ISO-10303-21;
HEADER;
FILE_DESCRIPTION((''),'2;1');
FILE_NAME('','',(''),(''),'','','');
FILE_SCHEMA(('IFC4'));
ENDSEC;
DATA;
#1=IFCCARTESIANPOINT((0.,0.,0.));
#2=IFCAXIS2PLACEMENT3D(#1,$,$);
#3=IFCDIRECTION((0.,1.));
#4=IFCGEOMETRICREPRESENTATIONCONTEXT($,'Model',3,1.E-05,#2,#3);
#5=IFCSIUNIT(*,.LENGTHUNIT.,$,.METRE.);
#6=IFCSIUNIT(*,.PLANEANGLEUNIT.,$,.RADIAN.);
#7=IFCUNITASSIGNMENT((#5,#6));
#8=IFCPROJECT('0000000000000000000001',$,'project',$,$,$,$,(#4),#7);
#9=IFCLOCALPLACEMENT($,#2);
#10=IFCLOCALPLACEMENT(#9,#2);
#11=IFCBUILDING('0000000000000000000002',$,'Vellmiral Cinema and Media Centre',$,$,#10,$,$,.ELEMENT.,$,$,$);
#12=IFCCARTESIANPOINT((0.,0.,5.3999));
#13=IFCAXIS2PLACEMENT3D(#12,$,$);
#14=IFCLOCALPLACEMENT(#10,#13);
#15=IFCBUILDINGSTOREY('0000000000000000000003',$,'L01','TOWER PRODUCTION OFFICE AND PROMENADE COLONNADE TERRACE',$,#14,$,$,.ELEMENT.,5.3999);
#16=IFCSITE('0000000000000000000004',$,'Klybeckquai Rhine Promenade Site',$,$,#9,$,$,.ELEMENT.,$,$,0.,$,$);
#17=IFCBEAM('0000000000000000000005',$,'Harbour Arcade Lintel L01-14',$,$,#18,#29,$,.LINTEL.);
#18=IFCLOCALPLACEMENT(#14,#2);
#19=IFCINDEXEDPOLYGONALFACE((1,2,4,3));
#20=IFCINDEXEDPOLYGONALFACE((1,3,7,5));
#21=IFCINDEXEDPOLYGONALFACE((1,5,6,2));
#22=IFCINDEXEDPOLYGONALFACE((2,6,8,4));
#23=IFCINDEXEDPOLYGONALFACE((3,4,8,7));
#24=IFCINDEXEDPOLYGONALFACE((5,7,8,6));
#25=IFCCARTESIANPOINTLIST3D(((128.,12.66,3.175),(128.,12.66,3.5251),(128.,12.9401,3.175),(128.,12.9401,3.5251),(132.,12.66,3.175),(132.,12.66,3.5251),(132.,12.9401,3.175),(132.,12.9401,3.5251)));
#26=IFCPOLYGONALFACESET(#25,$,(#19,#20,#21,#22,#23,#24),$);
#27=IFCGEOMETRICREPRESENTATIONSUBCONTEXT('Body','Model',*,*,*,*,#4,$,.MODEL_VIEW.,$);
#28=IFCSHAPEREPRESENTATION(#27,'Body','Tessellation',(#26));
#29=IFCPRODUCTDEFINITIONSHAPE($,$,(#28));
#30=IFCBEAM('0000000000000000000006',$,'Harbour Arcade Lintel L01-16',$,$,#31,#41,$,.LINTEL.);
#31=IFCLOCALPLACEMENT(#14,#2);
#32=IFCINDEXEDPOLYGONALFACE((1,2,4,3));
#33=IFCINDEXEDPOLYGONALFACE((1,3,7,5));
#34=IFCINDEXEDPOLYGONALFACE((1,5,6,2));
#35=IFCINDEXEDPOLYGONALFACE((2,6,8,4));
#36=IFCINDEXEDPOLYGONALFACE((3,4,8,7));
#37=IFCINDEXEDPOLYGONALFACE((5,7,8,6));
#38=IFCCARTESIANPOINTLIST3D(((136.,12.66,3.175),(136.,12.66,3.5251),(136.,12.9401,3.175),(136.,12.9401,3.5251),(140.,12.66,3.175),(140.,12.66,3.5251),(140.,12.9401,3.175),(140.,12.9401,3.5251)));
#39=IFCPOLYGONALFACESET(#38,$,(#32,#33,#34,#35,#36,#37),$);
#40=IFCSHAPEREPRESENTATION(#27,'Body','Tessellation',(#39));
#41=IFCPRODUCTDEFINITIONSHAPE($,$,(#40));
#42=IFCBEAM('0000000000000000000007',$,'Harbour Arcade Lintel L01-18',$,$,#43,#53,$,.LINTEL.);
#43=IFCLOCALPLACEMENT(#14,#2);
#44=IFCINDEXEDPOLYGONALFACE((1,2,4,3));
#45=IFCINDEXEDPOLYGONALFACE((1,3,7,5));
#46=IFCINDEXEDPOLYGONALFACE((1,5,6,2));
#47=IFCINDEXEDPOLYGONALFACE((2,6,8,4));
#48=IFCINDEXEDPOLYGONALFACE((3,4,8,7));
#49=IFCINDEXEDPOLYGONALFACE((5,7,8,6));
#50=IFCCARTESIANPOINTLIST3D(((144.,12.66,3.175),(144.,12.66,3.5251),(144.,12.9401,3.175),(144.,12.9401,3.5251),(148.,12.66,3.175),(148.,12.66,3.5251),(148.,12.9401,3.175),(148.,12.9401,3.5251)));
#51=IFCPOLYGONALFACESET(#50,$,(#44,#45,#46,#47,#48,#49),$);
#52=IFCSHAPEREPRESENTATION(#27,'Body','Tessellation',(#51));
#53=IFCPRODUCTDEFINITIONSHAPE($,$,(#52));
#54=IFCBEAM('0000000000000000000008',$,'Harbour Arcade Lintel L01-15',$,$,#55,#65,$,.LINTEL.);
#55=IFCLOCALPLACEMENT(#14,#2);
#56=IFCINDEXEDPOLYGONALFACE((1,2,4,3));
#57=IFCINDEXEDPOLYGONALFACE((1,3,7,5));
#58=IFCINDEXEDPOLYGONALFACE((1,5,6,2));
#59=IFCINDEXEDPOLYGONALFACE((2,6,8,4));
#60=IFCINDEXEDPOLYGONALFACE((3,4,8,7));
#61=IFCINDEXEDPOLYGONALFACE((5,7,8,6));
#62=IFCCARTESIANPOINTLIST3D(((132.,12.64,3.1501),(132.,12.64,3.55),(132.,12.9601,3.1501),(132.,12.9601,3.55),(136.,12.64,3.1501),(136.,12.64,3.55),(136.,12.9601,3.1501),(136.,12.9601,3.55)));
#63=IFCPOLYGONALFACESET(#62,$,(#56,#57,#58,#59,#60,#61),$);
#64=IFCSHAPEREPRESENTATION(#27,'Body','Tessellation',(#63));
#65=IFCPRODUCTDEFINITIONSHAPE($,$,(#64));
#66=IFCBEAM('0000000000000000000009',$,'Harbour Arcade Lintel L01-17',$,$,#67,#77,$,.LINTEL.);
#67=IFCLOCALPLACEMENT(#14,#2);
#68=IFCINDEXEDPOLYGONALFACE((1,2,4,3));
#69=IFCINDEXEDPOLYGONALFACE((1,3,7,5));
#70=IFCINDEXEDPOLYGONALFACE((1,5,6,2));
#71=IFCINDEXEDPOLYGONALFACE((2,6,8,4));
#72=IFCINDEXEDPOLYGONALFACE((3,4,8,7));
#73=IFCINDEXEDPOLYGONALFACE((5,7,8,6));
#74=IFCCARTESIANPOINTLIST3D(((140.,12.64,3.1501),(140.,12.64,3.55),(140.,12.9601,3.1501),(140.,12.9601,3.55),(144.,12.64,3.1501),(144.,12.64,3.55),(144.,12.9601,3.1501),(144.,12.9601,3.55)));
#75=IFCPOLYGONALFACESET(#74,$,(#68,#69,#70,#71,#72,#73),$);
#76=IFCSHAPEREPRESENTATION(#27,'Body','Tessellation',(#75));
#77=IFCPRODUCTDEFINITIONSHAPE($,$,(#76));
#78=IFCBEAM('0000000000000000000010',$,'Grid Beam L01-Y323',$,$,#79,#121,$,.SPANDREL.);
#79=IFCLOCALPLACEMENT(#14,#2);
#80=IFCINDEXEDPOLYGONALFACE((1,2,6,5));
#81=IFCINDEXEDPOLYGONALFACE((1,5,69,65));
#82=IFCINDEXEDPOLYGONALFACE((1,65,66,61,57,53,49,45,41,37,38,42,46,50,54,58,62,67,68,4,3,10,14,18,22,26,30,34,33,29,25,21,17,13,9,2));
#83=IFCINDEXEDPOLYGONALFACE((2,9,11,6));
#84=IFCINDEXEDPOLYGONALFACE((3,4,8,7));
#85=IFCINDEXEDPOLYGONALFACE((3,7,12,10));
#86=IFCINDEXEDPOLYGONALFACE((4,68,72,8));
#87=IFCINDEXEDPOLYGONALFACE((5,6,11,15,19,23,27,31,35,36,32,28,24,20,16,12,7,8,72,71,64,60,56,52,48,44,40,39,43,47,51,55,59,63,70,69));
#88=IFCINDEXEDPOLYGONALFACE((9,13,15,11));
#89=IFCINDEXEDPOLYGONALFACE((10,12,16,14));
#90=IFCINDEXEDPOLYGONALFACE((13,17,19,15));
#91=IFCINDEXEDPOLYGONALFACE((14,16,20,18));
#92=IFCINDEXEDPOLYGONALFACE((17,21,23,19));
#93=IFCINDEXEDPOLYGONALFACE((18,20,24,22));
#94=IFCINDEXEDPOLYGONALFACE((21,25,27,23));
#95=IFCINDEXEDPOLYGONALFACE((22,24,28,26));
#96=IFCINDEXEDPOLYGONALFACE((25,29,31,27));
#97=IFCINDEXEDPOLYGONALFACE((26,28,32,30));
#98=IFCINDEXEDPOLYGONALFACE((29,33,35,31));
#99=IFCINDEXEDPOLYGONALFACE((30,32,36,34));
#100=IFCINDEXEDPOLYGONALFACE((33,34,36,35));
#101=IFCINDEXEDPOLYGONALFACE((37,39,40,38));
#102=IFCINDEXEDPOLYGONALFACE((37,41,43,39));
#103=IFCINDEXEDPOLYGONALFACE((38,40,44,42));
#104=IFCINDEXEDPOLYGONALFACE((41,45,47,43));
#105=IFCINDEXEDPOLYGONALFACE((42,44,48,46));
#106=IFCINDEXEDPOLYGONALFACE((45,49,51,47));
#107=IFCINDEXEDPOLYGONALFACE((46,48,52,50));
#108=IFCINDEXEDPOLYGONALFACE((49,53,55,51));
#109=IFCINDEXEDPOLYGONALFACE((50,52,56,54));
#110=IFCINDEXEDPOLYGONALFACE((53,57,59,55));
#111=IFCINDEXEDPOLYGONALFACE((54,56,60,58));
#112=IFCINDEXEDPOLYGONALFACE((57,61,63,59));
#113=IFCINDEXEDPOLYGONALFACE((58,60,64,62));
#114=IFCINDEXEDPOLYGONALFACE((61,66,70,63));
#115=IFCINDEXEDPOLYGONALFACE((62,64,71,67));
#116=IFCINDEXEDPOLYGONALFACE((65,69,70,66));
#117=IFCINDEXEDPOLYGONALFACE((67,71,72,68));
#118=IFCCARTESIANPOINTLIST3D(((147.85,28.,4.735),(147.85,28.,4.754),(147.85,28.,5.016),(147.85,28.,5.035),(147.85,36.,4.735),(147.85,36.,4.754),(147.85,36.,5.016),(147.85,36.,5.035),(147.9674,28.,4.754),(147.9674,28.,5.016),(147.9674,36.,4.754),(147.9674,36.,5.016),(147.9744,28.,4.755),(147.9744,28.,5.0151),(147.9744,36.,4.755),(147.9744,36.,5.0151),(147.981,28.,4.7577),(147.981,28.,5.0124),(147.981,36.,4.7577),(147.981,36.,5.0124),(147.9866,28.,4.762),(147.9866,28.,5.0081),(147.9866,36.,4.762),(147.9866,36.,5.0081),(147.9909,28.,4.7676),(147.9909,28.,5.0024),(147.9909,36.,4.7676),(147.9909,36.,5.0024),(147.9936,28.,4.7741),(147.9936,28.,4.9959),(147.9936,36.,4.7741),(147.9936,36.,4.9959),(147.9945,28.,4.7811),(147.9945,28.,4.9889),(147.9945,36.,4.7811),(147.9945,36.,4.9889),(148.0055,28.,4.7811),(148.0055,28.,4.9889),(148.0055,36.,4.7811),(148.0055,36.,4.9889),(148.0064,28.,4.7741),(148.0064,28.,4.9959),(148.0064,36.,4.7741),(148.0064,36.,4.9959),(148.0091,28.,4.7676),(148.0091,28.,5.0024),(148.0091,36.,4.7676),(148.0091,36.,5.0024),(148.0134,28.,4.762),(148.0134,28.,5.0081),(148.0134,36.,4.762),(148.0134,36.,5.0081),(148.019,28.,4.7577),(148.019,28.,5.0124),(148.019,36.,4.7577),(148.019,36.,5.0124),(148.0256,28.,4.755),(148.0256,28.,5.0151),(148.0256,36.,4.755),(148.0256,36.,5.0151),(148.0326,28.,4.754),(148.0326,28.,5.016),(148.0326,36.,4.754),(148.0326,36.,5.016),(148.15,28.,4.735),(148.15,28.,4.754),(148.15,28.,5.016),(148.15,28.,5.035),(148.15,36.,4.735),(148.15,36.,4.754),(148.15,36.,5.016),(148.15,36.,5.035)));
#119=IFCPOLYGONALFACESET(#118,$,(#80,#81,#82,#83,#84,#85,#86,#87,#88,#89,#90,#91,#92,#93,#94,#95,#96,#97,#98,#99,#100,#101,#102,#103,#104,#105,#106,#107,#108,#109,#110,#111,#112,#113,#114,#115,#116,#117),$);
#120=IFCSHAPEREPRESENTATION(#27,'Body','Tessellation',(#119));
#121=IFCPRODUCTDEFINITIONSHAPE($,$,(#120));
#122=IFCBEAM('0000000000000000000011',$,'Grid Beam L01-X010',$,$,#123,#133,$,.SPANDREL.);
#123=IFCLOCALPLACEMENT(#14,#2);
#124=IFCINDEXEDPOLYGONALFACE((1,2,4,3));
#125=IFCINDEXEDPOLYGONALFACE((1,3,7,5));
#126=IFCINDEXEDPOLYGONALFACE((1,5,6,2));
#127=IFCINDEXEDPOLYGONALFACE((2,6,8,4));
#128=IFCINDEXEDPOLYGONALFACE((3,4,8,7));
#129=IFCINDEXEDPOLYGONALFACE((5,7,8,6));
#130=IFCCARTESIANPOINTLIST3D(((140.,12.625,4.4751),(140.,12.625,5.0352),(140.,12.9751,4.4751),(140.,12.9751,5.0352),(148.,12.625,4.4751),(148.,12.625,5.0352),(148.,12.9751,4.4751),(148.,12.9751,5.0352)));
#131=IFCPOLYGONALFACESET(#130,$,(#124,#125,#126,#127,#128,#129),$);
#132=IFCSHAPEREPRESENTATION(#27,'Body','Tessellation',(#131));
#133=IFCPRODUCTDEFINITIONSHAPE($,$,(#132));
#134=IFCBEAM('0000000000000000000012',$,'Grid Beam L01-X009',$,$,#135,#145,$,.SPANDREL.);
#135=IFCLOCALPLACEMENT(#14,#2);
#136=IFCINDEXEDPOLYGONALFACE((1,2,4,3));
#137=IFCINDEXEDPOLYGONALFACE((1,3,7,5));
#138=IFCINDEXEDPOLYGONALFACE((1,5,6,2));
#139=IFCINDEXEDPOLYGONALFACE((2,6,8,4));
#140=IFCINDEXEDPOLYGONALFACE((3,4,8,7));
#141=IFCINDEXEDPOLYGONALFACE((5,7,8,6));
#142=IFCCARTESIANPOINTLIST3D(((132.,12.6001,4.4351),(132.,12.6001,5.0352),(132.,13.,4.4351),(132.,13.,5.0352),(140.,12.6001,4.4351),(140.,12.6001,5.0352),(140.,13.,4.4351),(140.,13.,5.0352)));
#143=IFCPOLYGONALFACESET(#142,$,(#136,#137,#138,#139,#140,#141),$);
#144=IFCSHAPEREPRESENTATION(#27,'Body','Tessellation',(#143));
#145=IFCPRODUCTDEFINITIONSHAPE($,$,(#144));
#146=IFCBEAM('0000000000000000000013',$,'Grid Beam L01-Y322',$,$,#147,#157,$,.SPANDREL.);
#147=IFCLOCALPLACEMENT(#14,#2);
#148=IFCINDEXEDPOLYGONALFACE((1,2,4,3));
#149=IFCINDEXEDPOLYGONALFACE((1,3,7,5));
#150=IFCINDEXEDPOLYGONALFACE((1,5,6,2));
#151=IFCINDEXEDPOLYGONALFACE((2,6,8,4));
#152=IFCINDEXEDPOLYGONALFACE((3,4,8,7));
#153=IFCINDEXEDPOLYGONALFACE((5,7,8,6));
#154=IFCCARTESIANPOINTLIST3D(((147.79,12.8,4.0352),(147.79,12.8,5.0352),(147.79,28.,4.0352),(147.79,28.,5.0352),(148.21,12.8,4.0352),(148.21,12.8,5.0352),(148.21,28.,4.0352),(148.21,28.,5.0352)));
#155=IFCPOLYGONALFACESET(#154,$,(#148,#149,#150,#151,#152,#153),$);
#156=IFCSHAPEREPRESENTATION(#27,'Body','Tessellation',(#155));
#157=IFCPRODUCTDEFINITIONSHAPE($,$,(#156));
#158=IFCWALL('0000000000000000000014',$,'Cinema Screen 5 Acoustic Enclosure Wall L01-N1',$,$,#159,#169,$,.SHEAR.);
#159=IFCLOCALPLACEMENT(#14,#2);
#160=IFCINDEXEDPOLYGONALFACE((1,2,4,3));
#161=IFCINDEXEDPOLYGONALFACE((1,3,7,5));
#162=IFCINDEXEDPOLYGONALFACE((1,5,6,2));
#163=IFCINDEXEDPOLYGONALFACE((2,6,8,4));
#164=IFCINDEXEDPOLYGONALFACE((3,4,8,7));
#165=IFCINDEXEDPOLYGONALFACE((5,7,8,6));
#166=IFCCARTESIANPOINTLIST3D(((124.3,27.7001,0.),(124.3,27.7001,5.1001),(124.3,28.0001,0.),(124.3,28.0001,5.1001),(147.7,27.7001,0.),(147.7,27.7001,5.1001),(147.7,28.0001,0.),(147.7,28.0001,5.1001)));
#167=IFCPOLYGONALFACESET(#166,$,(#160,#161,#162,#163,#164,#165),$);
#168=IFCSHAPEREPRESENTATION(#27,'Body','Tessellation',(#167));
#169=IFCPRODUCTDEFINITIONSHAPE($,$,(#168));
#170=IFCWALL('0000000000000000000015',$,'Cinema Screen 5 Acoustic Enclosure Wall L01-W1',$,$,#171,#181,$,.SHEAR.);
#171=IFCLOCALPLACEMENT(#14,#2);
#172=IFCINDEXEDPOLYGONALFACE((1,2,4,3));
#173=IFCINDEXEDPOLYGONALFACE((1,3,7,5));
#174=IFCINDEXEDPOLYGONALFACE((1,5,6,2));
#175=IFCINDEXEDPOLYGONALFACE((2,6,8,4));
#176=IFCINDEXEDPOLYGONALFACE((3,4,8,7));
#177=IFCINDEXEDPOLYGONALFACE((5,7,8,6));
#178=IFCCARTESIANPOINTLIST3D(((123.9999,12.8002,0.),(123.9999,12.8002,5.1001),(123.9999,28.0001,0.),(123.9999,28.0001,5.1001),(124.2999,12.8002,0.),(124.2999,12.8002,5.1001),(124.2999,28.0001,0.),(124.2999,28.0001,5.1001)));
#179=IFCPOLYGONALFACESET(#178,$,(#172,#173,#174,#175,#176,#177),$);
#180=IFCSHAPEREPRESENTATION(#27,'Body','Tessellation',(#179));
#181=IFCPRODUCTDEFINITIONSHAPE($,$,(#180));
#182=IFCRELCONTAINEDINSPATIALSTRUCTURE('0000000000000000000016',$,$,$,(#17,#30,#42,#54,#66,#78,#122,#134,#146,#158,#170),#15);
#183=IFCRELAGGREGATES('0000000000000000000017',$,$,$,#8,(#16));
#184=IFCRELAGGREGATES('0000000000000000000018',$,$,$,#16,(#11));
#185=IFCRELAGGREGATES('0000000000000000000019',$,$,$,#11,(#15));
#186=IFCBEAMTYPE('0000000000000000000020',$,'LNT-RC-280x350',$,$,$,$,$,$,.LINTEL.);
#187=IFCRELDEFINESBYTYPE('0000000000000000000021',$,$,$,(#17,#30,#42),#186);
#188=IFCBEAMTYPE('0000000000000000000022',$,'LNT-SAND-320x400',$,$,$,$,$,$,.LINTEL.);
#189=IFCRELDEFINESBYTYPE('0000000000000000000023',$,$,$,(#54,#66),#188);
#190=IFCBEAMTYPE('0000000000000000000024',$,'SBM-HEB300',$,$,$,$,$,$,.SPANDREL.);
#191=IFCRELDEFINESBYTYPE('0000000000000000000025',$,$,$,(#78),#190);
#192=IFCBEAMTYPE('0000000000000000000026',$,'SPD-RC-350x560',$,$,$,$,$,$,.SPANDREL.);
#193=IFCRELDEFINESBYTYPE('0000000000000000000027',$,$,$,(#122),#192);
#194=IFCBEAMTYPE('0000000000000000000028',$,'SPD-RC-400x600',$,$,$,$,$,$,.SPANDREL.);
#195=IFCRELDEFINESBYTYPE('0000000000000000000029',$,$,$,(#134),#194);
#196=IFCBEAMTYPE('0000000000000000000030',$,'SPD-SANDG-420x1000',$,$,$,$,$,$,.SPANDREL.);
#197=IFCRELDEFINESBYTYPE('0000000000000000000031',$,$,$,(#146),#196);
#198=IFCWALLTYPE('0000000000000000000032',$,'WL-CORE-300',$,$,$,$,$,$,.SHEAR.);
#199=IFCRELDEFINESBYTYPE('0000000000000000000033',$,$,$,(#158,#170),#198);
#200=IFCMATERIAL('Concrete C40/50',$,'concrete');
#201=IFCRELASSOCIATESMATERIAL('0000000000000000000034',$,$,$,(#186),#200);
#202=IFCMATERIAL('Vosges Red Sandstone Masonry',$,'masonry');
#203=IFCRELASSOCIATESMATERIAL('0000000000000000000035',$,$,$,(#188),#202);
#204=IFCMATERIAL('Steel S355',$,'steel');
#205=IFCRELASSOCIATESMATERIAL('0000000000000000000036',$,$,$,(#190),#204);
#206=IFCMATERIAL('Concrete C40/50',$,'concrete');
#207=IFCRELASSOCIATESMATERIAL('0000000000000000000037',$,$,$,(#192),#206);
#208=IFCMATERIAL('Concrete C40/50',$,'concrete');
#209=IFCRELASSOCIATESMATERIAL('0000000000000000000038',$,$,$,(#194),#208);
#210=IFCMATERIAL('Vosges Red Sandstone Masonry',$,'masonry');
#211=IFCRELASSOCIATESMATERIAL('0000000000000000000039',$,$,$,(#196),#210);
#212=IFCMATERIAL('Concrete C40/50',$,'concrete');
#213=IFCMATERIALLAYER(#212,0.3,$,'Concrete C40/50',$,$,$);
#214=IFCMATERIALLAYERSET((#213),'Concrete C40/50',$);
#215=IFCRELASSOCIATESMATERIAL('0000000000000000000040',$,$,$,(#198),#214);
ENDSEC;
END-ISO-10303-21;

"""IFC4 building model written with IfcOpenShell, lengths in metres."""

from ifc_helpers import new_model, si_unit, direction, frame, frame_2d, origin, origin_2d, place, context, subcontext, project, spatial, rectangle, i_section, extrude, material, layer, layer_set, material_profile, profile_set, type_object, element, save


model = new_model("IFC4")

# Units and contexts
model_context = context("Model", 3, precision=1e-05, world=origin(), true_north=direction((0.0, 1.0)))
body_context = subcontext(model_context, "Body", "Model", "MODEL_VIEW")
ifc_project = project(units=[si_unit("LENGTHUNIT", "METRE"), si_unit("PLANEANGLEUNIT", "RADIAN")], contexts=[model_context])

# Site, building, storey
site_placement = place(None, origin())
site = spatial("IfcSite", under=ifc_project, at=site_placement, Name="Klybeckquai Rhine Promenade Site", CompositionType="ELEMENT", RefElevation=0.0)
building_placement = place(site_placement, origin())
building = spatial("IfcBuilding", under=site, at=building_placement, Name="Vellmiral Cinema and Media Centre", CompositionType="ELEMENT")
storey_placement = place(building_placement, frame((0.0, 0.0, 5.3999)))
storey = spatial("IfcBuildingStorey", under=building, at=storey_placement, Name="L01", Description="TOWER PRODUCTION OFFICE AND PROMENADE COLONNADE TERRACE", CompositionType="ELEMENT", Elevation=5.3999)

# Beams
ifc_material_1 = material(Name="Concrete C40/50", Category="concrete")
ifc_material_profile_1 = material_profile(ifc_material_1, rectangle(XDim=0.28, YDim=0.3501, at=origin_2d()), Name="RC 280x350")
ifc_profile_set_1 = profile_set([ifc_material_profile_1], Name="Concrete C40/50")
beam_type_1 = type_object("IfcBeamType", Name="LNT-RC-280x350", PredefinedType="LINTEL", material=ifc_profile_set_1)
for number, where, z_axis, x_axis, name in (
    (1, (128.0, 12.8, 3.3501), (1.0, 0.0, 0.0), (0.0, 1.0, 0.0), "Harbour Arcade Lintel L01-14"),
    (2, (136.0, 12.8, 3.3501), (1.0, 0.0, 0.0), (0.0, 1.0, 0.0), "Harbour Arcade Lintel L01-16"),
    (3, (144.0, 12.8, 3.3501), (1.0, 0.0, 0.0), (0.0, 1.0, 0.0), "Harbour Arcade Lintel L01-18"),
):
    element("IfcBeam", number, at=place(storey_placement, frame(where, z_axis=z_axis, x_axis=x_axis)), inside=storey, type_object=beam_type_1, Name=name, PredefinedType="LINTEL", context=body_context, shape_type="SweptSolid", body=[
        extrude(rectangle(XDim=0.28, YDim=0.3501, at=origin_2d()), origin(), (0.0, 0.0, 1.0), 4.0),
    ])
ifc_material_2 = material(Name="Vosges Red Sandstone Masonry", Category="masonry")
ifc_material_profile_2 = material_profile(ifc_material_2, rectangle(XDim=0.3201, YDim=0.3999, at=origin_2d()), Name="SAND 320x400")
ifc_profile_set_2 = profile_set([ifc_material_profile_2], Name="Vosges Red Sandstone Masonry")
beam_type_2 = type_object("IfcBeamType", Name="LNT-SAND-320x400", PredefinedType="LINTEL", material=ifc_profile_set_2)
for number, where, z_axis, x_axis, name in (
    (4, (132.0, 12.8, 3.3501), (1.0, 0.0, 0.0), (0.0, 1.0, 0.0), "Harbour Arcade Lintel L01-15"),
    (5, (140.0, 12.8, 3.3501), (1.0, 0.0, 0.0), (0.0, 1.0, 0.0), "Harbour Arcade Lintel L01-17"),
):
    element("IfcBeam", number, at=place(storey_placement, frame(where, z_axis=z_axis, x_axis=x_axis)), inside=storey, type_object=beam_type_2, Name=name, PredefinedType="LINTEL", context=body_context, shape_type="SweptSolid", body=[
        extrude(rectangle(XDim=0.3201, YDim=0.3999, at=origin_2d()), origin(), (0.0, 0.0, 1.0), 4.0),
    ])
ifc_material_3 = material(Name="Steel S355", Category="steel")
ifc_material_profile_3 = material_profile(ifc_material_3, i_section(OverallWidth=0.3, OverallDepth=0.3, WebThickness=0.011, FlangeThickness=0.019, FilletRadius=0.0271, at=origin_2d()), Name="HEB 300")
ifc_profile_set_3 = profile_set([ifc_material_profile_3], Name="Steel S355")
beam_type_3 = type_object("IfcBeamType", Name="SBM-HEB300", PredefinedType="SPANDREL", material=ifc_profile_set_3)
beam_1_placement = place(storey_placement, frame((148.0, 28.0, 4.885), z_axis=(0.0, 1.0, 0.0), x_axis=(-1.0, 0.0, 0.0)))
element("IfcBeam", 6, at=beam_1_placement, inside=storey, type_object=beam_type_3, Name="Grid Beam L01-Y323", PredefinedType="SPANDREL", context=body_context, shape_type="SweptSolid", body=[
    extrude(i_section(OverallWidth=0.3, OverallDepth=0.3, WebThickness=0.011, FlangeThickness=0.019, FilletRadius=0.0271, at=origin_2d()), origin(), (0.0, 0.0, 1.0), 8.0),
])
ifc_material_4 = material(Name="Concrete C40/50", Category="concrete")
ifc_material_profile_4 = material_profile(ifc_material_4, rectangle(XDim=0.3501, YDim=0.5601, at=origin_2d()), Name="RC 350x560")
ifc_profile_set_4 = profile_set([ifc_material_profile_4], Name="Concrete C40/50")
beam_type_4 = type_object("IfcBeamType", Name="SPD-RC-350x560", PredefinedType="SPANDREL", material=ifc_profile_set_4)
beam_2_placement = place(storey_placement, frame((140.0, 12.8, 4.7551), z_axis=(1.0, 0.0, 0.0), x_axis=(0.0, 1.0, 0.0)))
element("IfcBeam", 7, at=beam_2_placement, inside=storey, type_object=beam_type_4, Name="Grid Beam L01-X010", PredefinedType="SPANDREL", context=body_context, shape_type="SweptSolid", body=[
    extrude(rectangle(XDim=0.3501, YDim=0.5601, at=origin_2d()), origin(), (0.0, 0.0, 1.0), 8.0),
])
ifc_material_5 = material(Name="Concrete C40/50", Category="concrete")
ifc_material_profile_5 = material_profile(ifc_material_5, rectangle(XDim=0.3999, YDim=0.6001, at=origin_2d()), Name="RC 400x600")
ifc_profile_set_5 = profile_set([ifc_material_profile_5], Name="Concrete C40/50")
beam_type_5 = type_object("IfcBeamType", Name="SPD-RC-400x600", PredefinedType="SPANDREL", material=ifc_profile_set_5)
beam_3_placement = place(storey_placement, frame((132.0, 12.8, 4.7351), z_axis=(1.0, 0.0, 0.0), x_axis=(0.0, 1.0, 0.0)))
element("IfcBeam", 8, at=beam_3_placement, inside=storey, type_object=beam_type_5, Name="Grid Beam L01-X009", PredefinedType="SPANDREL", context=body_context, shape_type="SweptSolid", body=[
    extrude(rectangle(XDim=0.3999, YDim=0.6001, at=origin_2d()), origin(), (0.0, 0.0, 1.0), 8.0),
])
ifc_material_6 = material(Name="Vosges Red Sandstone Masonry", Category="masonry")
ifc_material_profile_6 = material_profile(ifc_material_6, rectangle(XDim=0.4199, YDim=1.0, at=origin_2d()), Name="SAND 420x1000")
ifc_profile_set_6 = profile_set([ifc_material_profile_6], Name="Vosges Red Sandstone Masonry")
beam_type_6 = type_object("IfcBeamType", Name="SPD-SANDG-420x1000", PredefinedType="SPANDREL", material=ifc_profile_set_6)
beam_4_placement = place(storey_placement, frame((148.0, 12.8, 4.5352), z_axis=(0.0, 1.0, 0.0), x_axis=(-1.0, 0.0, 0.0)))
element("IfcBeam", 9, at=beam_4_placement, inside=storey, type_object=beam_type_6, Name="Grid Beam L01-Y322", PredefinedType="SPANDREL", context=body_context, shape_type="SweptSolid", body=[
    extrude(rectangle(XDim=0.4199, YDim=1.0, at=origin_2d()), origin(), (0.0, 0.0, 1.0), 15.2),
])

# Walls
ifc_material_7 = material(Name="Concrete C40/50", Category="concrete")
ifc_layer_1 = layer(ifc_material_7, 0.3, Name="Concrete C40/50")
ifc_layer_set_1 = layer_set([ifc_layer_1], Name="Concrete C40/50")
wall_type_1 = type_object("IfcWallType", Name="WL-CORE-300", PredefinedType="SHEAR", material=ifc_layer_set_1)
wall_1_placement = place(storey_placement, frame((124.3, 27.8501, 0.0), z_axis=(0.0, 0.0, 1.0), x_axis=(1.0, 0.0, 0.0)))
element("IfcWall", 10, at=wall_1_placement, inside=storey, type_object=wall_type_1, Name="Cinema Screen 5 Acoustic Enclosure Wall L01-N1", PredefinedType="SHEAR", context=body_context, shape_type="SweptSolid", body=[
    extrude(rectangle(XDim=23.3999, YDim=0.3, at=frame_2d((11.7, 0.0))), origin(), (0.0, 0.0, 1.0), 5.1001),
])
wall_2_placement = place(storey_placement, frame((124.1499, 12.8, 0.0), z_axis=(0.0, 0.0, 1.0), x_axis=(0.0, 1.0, 0.0)))
element("IfcWall", 11, at=wall_2_placement, inside=storey, type_object=wall_type_1, Name="Cinema Screen 5 Acoustic Enclosure Wall L01-W1", PredefinedType="SHEAR", context=body_context, shape_type="SweptSolid", body=[
    extrude(rectangle(XDim=15.2, YDim=0.3, at=frame_2d((7.6001, 0.0))), origin(), (0.0, 0.0, 1.0), 5.1001),
])

save(model, "model.ifc")
